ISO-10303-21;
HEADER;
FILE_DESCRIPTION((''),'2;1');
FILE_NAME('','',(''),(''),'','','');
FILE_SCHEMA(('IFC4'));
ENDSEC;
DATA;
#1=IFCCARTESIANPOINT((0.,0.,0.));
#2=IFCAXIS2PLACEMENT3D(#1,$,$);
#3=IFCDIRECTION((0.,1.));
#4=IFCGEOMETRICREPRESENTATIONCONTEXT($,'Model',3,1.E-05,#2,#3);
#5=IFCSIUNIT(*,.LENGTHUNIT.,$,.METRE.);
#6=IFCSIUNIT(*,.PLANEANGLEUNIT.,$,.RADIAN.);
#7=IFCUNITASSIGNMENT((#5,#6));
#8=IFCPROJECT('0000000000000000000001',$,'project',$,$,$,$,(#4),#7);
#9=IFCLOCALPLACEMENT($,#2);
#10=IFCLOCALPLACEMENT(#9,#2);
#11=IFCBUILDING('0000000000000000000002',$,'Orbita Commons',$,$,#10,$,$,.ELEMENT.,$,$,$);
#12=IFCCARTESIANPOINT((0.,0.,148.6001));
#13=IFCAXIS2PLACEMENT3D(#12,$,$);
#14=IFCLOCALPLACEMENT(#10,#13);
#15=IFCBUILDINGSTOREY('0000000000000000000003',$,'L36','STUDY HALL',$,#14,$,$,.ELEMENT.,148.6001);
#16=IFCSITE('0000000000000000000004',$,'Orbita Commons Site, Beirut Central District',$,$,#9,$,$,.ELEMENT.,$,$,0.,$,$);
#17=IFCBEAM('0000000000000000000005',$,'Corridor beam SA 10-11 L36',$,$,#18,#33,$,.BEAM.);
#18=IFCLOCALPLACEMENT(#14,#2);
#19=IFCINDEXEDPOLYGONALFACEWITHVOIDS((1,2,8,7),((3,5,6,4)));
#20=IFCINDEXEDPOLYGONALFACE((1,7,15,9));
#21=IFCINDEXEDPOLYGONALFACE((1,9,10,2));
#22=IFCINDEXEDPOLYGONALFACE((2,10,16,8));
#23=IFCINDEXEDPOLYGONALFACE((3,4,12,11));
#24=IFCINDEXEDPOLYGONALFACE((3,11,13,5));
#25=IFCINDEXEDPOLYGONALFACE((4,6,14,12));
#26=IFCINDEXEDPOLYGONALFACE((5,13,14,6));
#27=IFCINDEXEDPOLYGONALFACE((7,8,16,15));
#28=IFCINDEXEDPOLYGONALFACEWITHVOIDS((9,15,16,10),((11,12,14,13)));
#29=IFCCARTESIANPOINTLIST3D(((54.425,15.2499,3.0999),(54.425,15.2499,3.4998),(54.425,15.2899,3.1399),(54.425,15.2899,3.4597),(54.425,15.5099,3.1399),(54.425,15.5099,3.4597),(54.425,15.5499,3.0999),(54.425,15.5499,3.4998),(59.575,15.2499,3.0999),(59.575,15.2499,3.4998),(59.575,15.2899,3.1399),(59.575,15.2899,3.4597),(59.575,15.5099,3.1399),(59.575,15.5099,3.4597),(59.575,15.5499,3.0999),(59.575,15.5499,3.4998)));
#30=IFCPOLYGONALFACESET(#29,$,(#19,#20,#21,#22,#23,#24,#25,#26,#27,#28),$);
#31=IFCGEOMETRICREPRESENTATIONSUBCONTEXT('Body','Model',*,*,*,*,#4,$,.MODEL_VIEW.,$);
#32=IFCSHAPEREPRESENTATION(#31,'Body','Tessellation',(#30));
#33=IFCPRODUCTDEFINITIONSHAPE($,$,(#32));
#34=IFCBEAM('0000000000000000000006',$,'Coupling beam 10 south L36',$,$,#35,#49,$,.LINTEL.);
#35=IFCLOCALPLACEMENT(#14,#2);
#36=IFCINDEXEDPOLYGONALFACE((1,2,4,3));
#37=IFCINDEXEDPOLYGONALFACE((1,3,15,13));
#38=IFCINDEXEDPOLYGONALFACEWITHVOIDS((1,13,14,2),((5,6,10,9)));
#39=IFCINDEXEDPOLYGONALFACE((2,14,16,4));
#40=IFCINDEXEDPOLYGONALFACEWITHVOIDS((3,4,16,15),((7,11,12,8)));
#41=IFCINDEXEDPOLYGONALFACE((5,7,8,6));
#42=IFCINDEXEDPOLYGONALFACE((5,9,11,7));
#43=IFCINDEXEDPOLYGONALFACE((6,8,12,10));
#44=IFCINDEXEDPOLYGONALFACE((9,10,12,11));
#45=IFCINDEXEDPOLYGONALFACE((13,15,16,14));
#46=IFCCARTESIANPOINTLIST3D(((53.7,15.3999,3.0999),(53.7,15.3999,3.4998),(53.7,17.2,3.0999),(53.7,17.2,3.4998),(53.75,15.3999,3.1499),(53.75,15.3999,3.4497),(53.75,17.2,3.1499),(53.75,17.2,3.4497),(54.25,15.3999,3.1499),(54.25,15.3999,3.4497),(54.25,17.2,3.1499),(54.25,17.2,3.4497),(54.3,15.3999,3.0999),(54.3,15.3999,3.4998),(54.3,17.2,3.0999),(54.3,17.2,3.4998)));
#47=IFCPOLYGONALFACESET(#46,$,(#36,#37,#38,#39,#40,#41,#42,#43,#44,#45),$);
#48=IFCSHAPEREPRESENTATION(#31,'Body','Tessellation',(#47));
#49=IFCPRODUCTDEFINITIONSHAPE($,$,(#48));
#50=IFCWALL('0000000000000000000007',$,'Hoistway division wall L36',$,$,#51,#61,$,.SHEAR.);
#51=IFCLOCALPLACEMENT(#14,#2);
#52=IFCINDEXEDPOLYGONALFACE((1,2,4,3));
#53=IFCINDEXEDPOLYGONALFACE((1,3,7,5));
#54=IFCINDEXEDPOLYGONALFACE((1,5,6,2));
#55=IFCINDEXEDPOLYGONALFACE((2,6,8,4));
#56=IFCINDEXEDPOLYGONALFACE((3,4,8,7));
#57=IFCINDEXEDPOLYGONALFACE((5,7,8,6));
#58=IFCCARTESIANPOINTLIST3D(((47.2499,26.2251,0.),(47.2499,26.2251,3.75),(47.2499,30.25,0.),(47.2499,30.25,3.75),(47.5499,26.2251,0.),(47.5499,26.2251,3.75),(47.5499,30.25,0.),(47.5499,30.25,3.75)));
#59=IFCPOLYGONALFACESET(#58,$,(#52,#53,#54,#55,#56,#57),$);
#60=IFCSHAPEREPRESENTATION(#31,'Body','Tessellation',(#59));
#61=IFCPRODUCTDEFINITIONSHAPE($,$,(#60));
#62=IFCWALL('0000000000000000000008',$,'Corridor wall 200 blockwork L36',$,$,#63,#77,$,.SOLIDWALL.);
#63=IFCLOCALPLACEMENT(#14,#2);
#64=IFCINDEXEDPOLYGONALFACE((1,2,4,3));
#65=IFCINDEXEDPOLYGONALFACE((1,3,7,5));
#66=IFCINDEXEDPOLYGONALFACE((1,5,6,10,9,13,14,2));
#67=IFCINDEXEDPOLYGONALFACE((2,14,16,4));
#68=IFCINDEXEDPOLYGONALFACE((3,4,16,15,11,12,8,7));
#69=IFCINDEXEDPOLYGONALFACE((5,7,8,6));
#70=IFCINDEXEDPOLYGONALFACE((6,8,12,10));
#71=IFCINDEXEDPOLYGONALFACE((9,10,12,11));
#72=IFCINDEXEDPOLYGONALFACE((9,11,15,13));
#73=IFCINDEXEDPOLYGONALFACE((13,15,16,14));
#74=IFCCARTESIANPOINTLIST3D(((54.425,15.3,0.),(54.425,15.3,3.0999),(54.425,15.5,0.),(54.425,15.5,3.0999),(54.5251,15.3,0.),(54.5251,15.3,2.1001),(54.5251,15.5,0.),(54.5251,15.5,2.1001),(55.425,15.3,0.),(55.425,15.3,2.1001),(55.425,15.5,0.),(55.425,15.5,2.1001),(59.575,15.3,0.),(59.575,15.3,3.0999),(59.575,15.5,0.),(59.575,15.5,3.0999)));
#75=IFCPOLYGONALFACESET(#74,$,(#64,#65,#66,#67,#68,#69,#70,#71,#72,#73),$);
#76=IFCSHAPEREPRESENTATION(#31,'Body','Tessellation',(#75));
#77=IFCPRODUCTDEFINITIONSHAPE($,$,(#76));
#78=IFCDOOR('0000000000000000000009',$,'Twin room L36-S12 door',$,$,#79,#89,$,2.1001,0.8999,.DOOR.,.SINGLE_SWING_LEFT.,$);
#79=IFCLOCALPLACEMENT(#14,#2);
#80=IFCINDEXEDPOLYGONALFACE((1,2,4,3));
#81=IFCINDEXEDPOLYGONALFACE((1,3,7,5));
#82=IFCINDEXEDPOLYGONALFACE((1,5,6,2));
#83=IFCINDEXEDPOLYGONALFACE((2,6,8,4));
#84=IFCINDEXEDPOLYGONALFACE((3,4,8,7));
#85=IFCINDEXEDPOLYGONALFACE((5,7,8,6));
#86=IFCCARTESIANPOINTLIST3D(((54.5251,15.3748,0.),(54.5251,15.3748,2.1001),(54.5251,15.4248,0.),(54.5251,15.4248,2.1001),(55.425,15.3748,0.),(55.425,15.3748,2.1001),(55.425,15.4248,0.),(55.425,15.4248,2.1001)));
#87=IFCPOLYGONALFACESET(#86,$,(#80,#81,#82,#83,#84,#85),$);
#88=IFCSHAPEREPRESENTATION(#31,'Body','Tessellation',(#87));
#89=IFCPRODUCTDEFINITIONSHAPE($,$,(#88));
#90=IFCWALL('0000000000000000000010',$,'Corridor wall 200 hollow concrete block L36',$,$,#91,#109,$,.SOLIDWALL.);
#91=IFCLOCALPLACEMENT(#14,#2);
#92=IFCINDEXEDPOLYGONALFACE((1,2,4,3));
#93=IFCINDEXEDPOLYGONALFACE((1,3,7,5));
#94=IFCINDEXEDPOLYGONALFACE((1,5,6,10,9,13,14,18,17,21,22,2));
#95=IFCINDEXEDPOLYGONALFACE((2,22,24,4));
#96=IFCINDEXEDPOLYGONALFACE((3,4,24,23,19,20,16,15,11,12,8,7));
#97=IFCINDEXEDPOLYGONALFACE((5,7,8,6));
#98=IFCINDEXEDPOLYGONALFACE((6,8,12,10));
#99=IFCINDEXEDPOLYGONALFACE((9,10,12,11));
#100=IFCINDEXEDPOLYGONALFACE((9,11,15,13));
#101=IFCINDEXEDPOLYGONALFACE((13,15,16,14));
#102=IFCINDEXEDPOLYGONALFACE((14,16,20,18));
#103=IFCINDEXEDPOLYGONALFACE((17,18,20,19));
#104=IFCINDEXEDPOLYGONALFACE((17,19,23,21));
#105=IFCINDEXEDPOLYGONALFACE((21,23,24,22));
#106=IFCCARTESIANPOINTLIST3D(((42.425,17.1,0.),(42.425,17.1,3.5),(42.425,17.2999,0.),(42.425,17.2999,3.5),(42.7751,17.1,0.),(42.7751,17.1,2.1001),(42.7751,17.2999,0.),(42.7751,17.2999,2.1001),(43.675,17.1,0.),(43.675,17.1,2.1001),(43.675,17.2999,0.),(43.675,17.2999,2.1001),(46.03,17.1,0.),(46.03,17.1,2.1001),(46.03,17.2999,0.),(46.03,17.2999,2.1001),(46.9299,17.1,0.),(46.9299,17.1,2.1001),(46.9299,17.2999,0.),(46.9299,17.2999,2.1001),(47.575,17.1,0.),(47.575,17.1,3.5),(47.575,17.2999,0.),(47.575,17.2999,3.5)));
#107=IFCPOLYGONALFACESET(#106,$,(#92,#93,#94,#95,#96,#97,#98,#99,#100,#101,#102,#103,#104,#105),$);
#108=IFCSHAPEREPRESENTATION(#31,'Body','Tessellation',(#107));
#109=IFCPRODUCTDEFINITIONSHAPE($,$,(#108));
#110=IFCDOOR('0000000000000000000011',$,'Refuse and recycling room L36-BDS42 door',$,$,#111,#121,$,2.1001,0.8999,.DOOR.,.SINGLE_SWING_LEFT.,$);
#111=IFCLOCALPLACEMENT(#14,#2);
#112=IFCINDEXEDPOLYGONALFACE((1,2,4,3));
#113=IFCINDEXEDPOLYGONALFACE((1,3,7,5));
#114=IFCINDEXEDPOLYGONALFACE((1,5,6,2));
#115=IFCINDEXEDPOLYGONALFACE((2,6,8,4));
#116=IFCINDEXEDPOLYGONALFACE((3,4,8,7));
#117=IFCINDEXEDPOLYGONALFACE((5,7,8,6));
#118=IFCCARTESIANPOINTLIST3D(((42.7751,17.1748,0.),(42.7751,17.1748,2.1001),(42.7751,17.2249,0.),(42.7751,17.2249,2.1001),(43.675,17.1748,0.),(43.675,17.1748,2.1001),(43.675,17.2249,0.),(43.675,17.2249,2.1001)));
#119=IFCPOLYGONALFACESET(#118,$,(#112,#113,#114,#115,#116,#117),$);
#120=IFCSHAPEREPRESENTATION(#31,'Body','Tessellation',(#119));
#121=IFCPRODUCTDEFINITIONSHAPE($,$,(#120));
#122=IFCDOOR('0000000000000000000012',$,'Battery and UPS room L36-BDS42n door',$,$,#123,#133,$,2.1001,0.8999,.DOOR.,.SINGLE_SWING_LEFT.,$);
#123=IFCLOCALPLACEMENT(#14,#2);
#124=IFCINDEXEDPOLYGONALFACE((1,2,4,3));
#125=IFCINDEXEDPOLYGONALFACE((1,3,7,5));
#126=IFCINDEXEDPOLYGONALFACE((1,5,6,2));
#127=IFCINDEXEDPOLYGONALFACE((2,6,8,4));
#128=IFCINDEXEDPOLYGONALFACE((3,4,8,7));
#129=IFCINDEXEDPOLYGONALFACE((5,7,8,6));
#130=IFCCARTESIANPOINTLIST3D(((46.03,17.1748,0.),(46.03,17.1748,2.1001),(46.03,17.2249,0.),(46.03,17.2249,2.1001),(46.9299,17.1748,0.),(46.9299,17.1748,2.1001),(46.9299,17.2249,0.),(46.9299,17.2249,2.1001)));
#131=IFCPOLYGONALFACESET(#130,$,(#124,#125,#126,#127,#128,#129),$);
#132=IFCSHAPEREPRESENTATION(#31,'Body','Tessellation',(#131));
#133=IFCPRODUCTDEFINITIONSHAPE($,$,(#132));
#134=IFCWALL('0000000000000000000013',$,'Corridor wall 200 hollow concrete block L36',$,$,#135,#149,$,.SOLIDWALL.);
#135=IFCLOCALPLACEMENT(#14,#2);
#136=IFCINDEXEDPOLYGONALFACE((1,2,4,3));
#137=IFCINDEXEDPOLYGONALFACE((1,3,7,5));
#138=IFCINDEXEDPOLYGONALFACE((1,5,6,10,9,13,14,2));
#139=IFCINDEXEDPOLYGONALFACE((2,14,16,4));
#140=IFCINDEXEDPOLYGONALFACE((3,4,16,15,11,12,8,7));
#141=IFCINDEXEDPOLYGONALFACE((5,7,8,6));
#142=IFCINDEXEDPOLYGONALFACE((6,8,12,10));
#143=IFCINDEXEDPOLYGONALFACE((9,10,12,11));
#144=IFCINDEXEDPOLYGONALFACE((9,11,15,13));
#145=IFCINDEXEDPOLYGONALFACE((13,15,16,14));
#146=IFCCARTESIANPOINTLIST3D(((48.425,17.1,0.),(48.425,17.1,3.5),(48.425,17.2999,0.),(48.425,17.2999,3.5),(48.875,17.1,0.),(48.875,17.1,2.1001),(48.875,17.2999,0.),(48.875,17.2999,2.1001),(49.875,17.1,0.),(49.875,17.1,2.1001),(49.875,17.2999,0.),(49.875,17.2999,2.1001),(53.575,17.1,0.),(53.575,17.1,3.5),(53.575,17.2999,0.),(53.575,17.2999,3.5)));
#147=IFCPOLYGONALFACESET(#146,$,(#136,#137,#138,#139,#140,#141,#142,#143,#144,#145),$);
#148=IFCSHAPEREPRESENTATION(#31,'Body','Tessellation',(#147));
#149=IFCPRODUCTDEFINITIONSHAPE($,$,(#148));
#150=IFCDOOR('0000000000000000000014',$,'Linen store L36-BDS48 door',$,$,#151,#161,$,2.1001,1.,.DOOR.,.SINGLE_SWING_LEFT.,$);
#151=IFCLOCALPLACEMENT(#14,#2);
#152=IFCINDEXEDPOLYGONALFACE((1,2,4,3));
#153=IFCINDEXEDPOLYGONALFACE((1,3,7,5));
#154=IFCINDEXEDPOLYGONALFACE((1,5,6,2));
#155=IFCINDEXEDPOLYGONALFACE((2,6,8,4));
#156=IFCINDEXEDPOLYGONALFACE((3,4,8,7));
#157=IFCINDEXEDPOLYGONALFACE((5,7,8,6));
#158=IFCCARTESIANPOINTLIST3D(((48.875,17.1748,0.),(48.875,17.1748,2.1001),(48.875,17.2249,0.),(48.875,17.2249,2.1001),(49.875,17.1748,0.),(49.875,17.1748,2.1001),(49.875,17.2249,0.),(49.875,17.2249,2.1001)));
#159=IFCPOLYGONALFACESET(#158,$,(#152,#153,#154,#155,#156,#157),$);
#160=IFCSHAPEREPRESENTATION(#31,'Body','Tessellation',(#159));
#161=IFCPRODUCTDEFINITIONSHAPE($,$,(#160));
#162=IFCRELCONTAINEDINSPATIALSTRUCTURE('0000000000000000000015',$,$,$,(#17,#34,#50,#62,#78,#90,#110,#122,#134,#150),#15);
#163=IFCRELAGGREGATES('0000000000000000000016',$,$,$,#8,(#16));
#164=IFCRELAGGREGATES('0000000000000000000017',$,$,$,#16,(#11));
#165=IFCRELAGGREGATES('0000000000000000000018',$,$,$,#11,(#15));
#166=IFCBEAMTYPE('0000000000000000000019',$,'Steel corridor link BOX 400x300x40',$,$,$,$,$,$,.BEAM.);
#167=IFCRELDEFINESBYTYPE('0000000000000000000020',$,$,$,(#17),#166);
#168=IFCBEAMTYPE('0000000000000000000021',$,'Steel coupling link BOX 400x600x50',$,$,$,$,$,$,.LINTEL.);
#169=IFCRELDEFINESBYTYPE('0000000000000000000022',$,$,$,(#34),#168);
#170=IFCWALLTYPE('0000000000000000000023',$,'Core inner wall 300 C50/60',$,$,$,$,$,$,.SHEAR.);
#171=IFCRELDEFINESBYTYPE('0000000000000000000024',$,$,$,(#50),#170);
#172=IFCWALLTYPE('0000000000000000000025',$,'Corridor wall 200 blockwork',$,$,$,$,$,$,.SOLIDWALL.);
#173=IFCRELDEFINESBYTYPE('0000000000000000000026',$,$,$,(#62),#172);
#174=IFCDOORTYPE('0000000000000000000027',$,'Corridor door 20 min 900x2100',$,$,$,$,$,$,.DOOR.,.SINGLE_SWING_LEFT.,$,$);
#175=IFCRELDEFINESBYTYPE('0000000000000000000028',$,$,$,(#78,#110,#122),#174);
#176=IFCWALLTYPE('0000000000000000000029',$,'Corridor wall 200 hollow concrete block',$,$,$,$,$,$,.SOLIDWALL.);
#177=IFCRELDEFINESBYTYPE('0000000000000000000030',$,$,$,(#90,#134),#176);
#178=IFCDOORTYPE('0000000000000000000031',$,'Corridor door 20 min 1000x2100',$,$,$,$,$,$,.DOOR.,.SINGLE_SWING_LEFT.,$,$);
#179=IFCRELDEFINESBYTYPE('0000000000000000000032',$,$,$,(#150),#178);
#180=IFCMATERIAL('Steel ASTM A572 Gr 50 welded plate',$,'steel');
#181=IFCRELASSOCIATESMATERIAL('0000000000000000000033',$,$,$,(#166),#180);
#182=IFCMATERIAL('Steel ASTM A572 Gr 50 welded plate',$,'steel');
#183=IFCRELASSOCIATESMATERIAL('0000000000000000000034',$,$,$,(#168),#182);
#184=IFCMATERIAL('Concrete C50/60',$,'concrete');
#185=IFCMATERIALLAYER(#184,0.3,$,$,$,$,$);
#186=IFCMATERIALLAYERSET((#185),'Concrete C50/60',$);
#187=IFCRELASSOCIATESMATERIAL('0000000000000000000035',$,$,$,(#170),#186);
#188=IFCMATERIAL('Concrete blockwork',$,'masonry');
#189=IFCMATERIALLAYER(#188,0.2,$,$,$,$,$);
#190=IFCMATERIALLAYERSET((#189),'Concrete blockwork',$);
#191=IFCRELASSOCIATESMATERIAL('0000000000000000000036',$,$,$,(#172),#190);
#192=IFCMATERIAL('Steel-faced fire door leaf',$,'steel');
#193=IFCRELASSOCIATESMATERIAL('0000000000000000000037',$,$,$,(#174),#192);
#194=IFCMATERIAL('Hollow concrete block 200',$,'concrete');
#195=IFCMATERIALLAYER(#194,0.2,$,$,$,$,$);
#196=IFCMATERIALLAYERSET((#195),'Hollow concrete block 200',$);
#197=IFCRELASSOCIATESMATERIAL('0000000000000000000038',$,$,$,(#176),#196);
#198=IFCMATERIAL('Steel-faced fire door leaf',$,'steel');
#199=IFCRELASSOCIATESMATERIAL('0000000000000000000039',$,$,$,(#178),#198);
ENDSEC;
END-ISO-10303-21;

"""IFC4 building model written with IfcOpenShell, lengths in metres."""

from ifc_helpers import new_model, si_unit, direction, frame, frame_2d, origin, origin_2d, place, context, subcontext, project, spatial, polyline, rectangle, hollow_rectangle, outline, extrude, material, layer, layer_set, material_profile, profile_set, type_object, element, fill, save


model = new_model("IFC4")

# Units and contexts
model_context = context("Model", 3, precision=1e-05, world=origin(), true_north=direction((0.0, 1.0)))
body_context = subcontext(model_context, "Body", "Model", "MODEL_VIEW")
ifc_project = project(units=[si_unit("LENGTHUNIT", "METRE"), si_unit("PLANEANGLEUNIT", "RADIAN")], contexts=[model_context])

# Site, building, storey
site_placement = place(None, origin())
site = spatial("IfcSite", under=ifc_project, at=site_placement, Name="Orbita Commons Site, Beirut Central District", CompositionType="ELEMENT", RefElevation=0.0)
building_placement = place(site_placement, origin())
building = spatial("IfcBuilding", under=site, at=building_placement, Name="Orbita Commons", CompositionType="ELEMENT")
storey_placement = place(building_placement, frame((0.0, 0.0, 148.6001)))
storey = spatial("IfcBuildingStorey", under=building, at=storey_placement, Name="L36", Description="STUDY HALL", CompositionType="ELEMENT", Elevation=148.6001)

# Beams
ifc_material_1 = material(Name="Steel ASTM A572 Gr 50 welded plate", Category="steel")
ifc_material_profile_1 = material_profile(ifc_material_1, hollow_rectangle(XDim=0.3, YDim=0.3999, WallThickness=0.04, at=origin_2d()), Name="BOX 400x300x40")
ifc_profile_set_1 = profile_set([ifc_material_profile_1], Name="Steel ASTM A572 Gr 50 welded plate")
beam_type_1 = type_object("IfcBeamType", Name="Steel corridor link BOX 400x300x40", PredefinedType="BEAM", material=ifc_profile_set_1)
beam_1_placement = place(storey_placement, frame((54.425, 15.3999, 3.2998), z_axis=(1.0, 0.0, 0.0), x_axis=(0.0, 1.0, 0.0)))
element("IfcBeam", 1, at=beam_1_placement, inside=storey, type_object=beam_type_1, Name="Corridor beam SA 10-11 L36", PredefinedType="BEAM", context=body_context, shape_type="SweptSolid", body=[
    extrude(hollow_rectangle(XDim=0.3, YDim=0.3999, WallThickness=0.04, at=origin_2d()), origin(), (0.0, 0.0, 1.0), 5.1499),
])
ifc_material_2 = material(Name="Steel ASTM A572 Gr 50 welded plate", Category="steel")
ifc_material_profile_2 = material_profile(ifc_material_2, hollow_rectangle(XDim=0.6001, YDim=0.3999, WallThickness=0.05, at=origin_2d()), Name="BOX 400x600x50")
ifc_profile_set_2 = profile_set([ifc_material_profile_2], Name="Steel ASTM A572 Gr 50 welded plate")
beam_type_2 = type_object("IfcBeamType", Name="Steel coupling link BOX 400x600x50", PredefinedType="LINTEL", material=ifc_profile_set_2)
beam_2_placement = place(storey_placement, frame((54.0, 15.3999, 3.2998), z_axis=(0.0, 1.0, 0.0), x_axis=(-1.0, 0.0, 0.0)))
element("IfcBeam", 2, at=beam_2_placement, inside=storey, type_object=beam_type_2, Name="Coupling beam 10 south L36", PredefinedType="LINTEL", context=body_context, shape_type="SweptSolid", body=[
    extrude(hollow_rectangle(XDim=0.6001, YDim=0.3999, WallThickness=0.05, at=origin_2d()), origin(), (0.0, 0.0, 1.0), 1.8),
])

# Wall
ifc_material_3 = material(Name="Concrete C50/60", Category="concrete")
ifc_layer_1 = layer(ifc_material_3, 0.3)
ifc_layer_set_1 = layer_set([ifc_layer_1], Name="Concrete C50/60")
wall_type_1 = type_object("IfcWallType", Name="Core inner wall 300 C50/60", PredefinedType="SHEAR", material=ifc_layer_set_1)
wall_1_placement = place(storey_placement, frame((47.3999, 26.2251, 0.0), z_axis=(0.0, 0.0, 1.0), x_axis=(0.0, 1.0, 0.0)))
element("IfcWall", 3, at=wall_1_placement, inside=storey, type_object=wall_type_1, Name="Hoistway division wall L36", PredefinedType="SHEAR", context=body_context, shape_type="SweptSolid", body=[
    extrude(rectangle(XDim=4.0249, YDim=0.3, at=frame_2d((2.0125, 0.0))), origin(), (0.0, 0.0, 1.0), 3.75),
])

# Wall, opening, door
ifc_material_4 = material(Name="Concrete blockwork", Category="masonry")
ifc_layer_2 = layer(ifc_material_4, 0.2)
ifc_layer_set_2 = layer_set([ifc_layer_2], Name="Concrete blockwork")
wall_type_2 = type_object("IfcWallType", Name="Corridor wall 200 blockwork", PredefinedType="SOLIDWALL", material=ifc_layer_set_2)
wall_2_placement = place(storey_placement, frame((54.425, 15.3999, 0.0), z_axis=(0.0, 0.0, 1.0), x_axis=(1.0, 0.0, 0.0)))
wall_2 = element("IfcWall", 4, at=wall_2_placement, inside=storey, type_object=wall_type_2, Name="Corridor wall 200 blockwork L36", PredefinedType="SOLIDWALL", context=body_context, shape_type="SweptSolid", body=[
    extrude(outline(polyline([(0.0, 0.0), (5.1499, 0.0), (5.1499, 3.0999), (0.0, 3.0999), (0.0, 0.0)])), frame((0.0, 0.1001, 0.0), z_axis=(0.0, -1.0, 0.0), x_axis=(1.0, 0.0, 0.0)), (0.0, 0.0, 1.0), 0.2),
])
opening_1_placement = place(wall_2_placement, frame((0.1001, 0.0, 0.0)))
opening_1 = element("IfcOpeningElement", 5, at=opening_1_placement, cuts=wall_2, PredefinedType="OPENING", context=body_context, shape_type="SweptSolid", body=[
    extrude(rectangle(XDim=0.8999, YDim=2.1001, at=frame_2d((0.45, 1.05))), frame((0.0, 0.1099, 0.0), z_axis=(0.0, -1.0, 0.0), x_axis=(1.0, 0.0, 0.0)), (0.0, 0.0, 1.0), 0.22),
])
ifc_material_5 = material(Name="Steel-faced fire door leaf", Category="steel")
door_type_1 = type_object("IfcDoorType", Name="Corridor door 20 min 900x2100", OperationType="SINGLE_SWING_LEFT", PredefinedType="DOOR", material=ifc_material_5)
door_1_placement = place(opening_1_placement, origin())
door_1 = element("IfcDoor", 6, at=door_1_placement, inside=storey, type_object=door_type_1, Name="Twin room L36-S12 door", OperationType="SINGLE_SWING_LEFT", OverallHeight=2.1001, OverallWidth=0.8999, PredefinedType="DOOR", context=body_context, shape_type="SweptSolid", body=[
    extrude(rectangle(XDim=0.8999, YDim=2.1001, at=frame_2d((0.45, 1.05))), frame((0.0, 0.0249, 0.0), z_axis=(0.0, -1.0, 0.0), x_axis=(1.0, 0.0, 0.0)), (0.0, 0.0, 1.0), 0.05),
])
fill(opening_1, door_1)

# Wall, openings, doors
ifc_material_6 = material(Name="Hollow concrete block 200", Category="concrete")
ifc_layer_3 = layer(ifc_material_6, 0.2)
ifc_layer_set_3 = layer_set([ifc_layer_3], Name="Hollow concrete block 200")
wall_type_3 = type_object("IfcWallType", Name="Corridor wall 200 hollow concrete block", PredefinedType="SOLIDWALL", material=ifc_layer_set_3)
wall_3_placement = place(storey_placement, frame((42.425, 17.2, 0.0), z_axis=(0.0, 0.0, 1.0), x_axis=(1.0, 0.0, 0.0)))
wall_3 = element("IfcWall", 7, at=wall_3_placement, inside=storey, type_object=wall_type_3, Name="Corridor wall 200 hollow concrete block L36", PredefinedType="SOLIDWALL", context=body_context, shape_type="SweptSolid", body=[
    extrude(rectangle(XDim=5.1499, YDim=0.2, at=frame_2d((2.575, 0.0))), origin(), (0.0, 0.0, 1.0), 3.5),
])
opening_2_placement = place(wall_3_placement, frame((0.3501, 0.0, 0.0)))
opening_2 = element("IfcOpeningElement", 8, at=opening_2_placement, cuts=wall_3, PredefinedType="OPENING", context=body_context, shape_type="SweptSolid", body=[
    extrude(rectangle(XDim=0.8999, YDim=2.1001, at=frame_2d((0.45, 1.05))), frame((0.0, 0.1099, 0.0), z_axis=(0.0, -1.0, 0.0), x_axis=(1.0, 0.0, 0.0)), (0.0, 0.0, 1.0), 0.22),
])
opening_3_placement = place(wall_3_placement, frame((3.605, 0.0, 0.0)))
opening_3 = element("IfcOpeningElement", 9, at=opening_3_placement, cuts=wall_3, PredefinedType="OPENING", context=body_context, shape_type="SweptSolid", body=[
    extrude(rectangle(XDim=0.8999, YDim=2.1001, at=frame_2d((0.45, 1.05))), frame((0.0, 0.1099, 0.0), z_axis=(0.0, -1.0, 0.0), x_axis=(1.0, 0.0, 0.0)), (0.0, 0.0, 1.0), 0.22),
])
door_2_placement = place(opening_2_placement, origin())
door_2 = element("IfcDoor", 10, at=door_2_placement, inside=storey, type_object=door_type_1, Name="Refuse and recycling room L36-BDS42 door", OperationType="SINGLE_SWING_LEFT", OverallHeight=2.1001, OverallWidth=0.8999, PredefinedType="DOOR", context=body_context, shape_type="SweptSolid", body=[
    extrude(rectangle(XDim=0.8999, YDim=2.1001, at=frame_2d((0.45, 1.05))), frame((0.0, 0.0249, 0.0), z_axis=(0.0, -1.0, 0.0), x_axis=(1.0, 0.0, 0.0)), (0.0, 0.0, 1.0), 0.05),
])
fill(opening_2, door_2)
door_3_placement = place(opening_3_placement, origin())
door_3 = element("IfcDoor", 11, at=door_3_placement, inside=storey, type_object=door_type_1, Name="Battery and UPS room L36-BDS42n door", OperationType="SINGLE_SWING_LEFT", OverallHeight=2.1001, OverallWidth=0.8999, PredefinedType="DOOR", context=body_context, shape_type="SweptSolid", body=[
    extrude(rectangle(XDim=0.8999, YDim=2.1001, at=frame_2d((0.45, 1.05))), frame((0.0, 0.0249, 0.0), z_axis=(0.0, -1.0, 0.0), x_axis=(1.0, 0.0, 0.0)), (0.0, 0.0, 1.0), 0.05),
])
fill(opening_3, door_3)

# Wall, opening, door
wall_4_placement = place(storey_placement, frame((48.425, 17.2, 0.0), z_axis=(0.0, 0.0, 1.0), x_axis=(1.0, 0.0, 0.0)))
wall_4 = element("IfcWall", 12, at=wall_4_placement, inside=storey, type_object=wall_type_3, Name="Corridor wall 200 hollow concrete block L36", PredefinedType="SOLIDWALL", context=body_context, shape_type="SweptSolid", body=[
    extrude(rectangle(XDim=5.1499, YDim=0.2, at=frame_2d((2.575, 0.0))), origin(), (0.0, 0.0, 1.0), 3.5),
])
opening_4_placement = place(wall_4_placement, frame((0.45, 0.0, 0.0)))
opening_4 = element("IfcOpeningElement", 13, at=opening_4_placement, cuts=wall_4, PredefinedType="OPENING", context=body_context, shape_type="SweptSolid", body=[
    extrude(rectangle(XDim=1.0, YDim=2.1001, at=frame_2d((0.5, 1.05))), frame((0.0, 0.1099, 0.0), z_axis=(0.0, -1.0, 0.0), x_axis=(1.0, 0.0, 0.0)), (0.0, 0.0, 1.0), 0.22),
])
ifc_material_7 = material(Name="Steel-faced fire door leaf", Category="steel")
door_type_2 = type_object("IfcDoorType", Name="Corridor door 20 min 1000x2100", OperationType="SINGLE_SWING_LEFT", PredefinedType="DOOR", material=ifc_material_7)
door_4_placement = place(opening_4_placement, origin())
door_4 = element("IfcDoor", 14, at=door_4_placement, inside=storey, type_object=door_type_2, Name="Linen store L36-BDS48 door", OperationType="SINGLE_SWING_LEFT", OverallHeight=2.1001, OverallWidth=1.0, PredefinedType="DOOR", context=body_context, shape_type="SweptSolid", body=[
    extrude(rectangle(XDim=1.0, YDim=2.1001, at=frame_2d((0.5, 1.05))), frame((0.0, 0.0249, 0.0), z_axis=(0.0, -1.0, 0.0), x_axis=(1.0, 0.0, 0.0)), (0.0, 0.0, 1.0), 0.05),
])
fill(opening_4, door_4)

save(model, "model.ifc")
